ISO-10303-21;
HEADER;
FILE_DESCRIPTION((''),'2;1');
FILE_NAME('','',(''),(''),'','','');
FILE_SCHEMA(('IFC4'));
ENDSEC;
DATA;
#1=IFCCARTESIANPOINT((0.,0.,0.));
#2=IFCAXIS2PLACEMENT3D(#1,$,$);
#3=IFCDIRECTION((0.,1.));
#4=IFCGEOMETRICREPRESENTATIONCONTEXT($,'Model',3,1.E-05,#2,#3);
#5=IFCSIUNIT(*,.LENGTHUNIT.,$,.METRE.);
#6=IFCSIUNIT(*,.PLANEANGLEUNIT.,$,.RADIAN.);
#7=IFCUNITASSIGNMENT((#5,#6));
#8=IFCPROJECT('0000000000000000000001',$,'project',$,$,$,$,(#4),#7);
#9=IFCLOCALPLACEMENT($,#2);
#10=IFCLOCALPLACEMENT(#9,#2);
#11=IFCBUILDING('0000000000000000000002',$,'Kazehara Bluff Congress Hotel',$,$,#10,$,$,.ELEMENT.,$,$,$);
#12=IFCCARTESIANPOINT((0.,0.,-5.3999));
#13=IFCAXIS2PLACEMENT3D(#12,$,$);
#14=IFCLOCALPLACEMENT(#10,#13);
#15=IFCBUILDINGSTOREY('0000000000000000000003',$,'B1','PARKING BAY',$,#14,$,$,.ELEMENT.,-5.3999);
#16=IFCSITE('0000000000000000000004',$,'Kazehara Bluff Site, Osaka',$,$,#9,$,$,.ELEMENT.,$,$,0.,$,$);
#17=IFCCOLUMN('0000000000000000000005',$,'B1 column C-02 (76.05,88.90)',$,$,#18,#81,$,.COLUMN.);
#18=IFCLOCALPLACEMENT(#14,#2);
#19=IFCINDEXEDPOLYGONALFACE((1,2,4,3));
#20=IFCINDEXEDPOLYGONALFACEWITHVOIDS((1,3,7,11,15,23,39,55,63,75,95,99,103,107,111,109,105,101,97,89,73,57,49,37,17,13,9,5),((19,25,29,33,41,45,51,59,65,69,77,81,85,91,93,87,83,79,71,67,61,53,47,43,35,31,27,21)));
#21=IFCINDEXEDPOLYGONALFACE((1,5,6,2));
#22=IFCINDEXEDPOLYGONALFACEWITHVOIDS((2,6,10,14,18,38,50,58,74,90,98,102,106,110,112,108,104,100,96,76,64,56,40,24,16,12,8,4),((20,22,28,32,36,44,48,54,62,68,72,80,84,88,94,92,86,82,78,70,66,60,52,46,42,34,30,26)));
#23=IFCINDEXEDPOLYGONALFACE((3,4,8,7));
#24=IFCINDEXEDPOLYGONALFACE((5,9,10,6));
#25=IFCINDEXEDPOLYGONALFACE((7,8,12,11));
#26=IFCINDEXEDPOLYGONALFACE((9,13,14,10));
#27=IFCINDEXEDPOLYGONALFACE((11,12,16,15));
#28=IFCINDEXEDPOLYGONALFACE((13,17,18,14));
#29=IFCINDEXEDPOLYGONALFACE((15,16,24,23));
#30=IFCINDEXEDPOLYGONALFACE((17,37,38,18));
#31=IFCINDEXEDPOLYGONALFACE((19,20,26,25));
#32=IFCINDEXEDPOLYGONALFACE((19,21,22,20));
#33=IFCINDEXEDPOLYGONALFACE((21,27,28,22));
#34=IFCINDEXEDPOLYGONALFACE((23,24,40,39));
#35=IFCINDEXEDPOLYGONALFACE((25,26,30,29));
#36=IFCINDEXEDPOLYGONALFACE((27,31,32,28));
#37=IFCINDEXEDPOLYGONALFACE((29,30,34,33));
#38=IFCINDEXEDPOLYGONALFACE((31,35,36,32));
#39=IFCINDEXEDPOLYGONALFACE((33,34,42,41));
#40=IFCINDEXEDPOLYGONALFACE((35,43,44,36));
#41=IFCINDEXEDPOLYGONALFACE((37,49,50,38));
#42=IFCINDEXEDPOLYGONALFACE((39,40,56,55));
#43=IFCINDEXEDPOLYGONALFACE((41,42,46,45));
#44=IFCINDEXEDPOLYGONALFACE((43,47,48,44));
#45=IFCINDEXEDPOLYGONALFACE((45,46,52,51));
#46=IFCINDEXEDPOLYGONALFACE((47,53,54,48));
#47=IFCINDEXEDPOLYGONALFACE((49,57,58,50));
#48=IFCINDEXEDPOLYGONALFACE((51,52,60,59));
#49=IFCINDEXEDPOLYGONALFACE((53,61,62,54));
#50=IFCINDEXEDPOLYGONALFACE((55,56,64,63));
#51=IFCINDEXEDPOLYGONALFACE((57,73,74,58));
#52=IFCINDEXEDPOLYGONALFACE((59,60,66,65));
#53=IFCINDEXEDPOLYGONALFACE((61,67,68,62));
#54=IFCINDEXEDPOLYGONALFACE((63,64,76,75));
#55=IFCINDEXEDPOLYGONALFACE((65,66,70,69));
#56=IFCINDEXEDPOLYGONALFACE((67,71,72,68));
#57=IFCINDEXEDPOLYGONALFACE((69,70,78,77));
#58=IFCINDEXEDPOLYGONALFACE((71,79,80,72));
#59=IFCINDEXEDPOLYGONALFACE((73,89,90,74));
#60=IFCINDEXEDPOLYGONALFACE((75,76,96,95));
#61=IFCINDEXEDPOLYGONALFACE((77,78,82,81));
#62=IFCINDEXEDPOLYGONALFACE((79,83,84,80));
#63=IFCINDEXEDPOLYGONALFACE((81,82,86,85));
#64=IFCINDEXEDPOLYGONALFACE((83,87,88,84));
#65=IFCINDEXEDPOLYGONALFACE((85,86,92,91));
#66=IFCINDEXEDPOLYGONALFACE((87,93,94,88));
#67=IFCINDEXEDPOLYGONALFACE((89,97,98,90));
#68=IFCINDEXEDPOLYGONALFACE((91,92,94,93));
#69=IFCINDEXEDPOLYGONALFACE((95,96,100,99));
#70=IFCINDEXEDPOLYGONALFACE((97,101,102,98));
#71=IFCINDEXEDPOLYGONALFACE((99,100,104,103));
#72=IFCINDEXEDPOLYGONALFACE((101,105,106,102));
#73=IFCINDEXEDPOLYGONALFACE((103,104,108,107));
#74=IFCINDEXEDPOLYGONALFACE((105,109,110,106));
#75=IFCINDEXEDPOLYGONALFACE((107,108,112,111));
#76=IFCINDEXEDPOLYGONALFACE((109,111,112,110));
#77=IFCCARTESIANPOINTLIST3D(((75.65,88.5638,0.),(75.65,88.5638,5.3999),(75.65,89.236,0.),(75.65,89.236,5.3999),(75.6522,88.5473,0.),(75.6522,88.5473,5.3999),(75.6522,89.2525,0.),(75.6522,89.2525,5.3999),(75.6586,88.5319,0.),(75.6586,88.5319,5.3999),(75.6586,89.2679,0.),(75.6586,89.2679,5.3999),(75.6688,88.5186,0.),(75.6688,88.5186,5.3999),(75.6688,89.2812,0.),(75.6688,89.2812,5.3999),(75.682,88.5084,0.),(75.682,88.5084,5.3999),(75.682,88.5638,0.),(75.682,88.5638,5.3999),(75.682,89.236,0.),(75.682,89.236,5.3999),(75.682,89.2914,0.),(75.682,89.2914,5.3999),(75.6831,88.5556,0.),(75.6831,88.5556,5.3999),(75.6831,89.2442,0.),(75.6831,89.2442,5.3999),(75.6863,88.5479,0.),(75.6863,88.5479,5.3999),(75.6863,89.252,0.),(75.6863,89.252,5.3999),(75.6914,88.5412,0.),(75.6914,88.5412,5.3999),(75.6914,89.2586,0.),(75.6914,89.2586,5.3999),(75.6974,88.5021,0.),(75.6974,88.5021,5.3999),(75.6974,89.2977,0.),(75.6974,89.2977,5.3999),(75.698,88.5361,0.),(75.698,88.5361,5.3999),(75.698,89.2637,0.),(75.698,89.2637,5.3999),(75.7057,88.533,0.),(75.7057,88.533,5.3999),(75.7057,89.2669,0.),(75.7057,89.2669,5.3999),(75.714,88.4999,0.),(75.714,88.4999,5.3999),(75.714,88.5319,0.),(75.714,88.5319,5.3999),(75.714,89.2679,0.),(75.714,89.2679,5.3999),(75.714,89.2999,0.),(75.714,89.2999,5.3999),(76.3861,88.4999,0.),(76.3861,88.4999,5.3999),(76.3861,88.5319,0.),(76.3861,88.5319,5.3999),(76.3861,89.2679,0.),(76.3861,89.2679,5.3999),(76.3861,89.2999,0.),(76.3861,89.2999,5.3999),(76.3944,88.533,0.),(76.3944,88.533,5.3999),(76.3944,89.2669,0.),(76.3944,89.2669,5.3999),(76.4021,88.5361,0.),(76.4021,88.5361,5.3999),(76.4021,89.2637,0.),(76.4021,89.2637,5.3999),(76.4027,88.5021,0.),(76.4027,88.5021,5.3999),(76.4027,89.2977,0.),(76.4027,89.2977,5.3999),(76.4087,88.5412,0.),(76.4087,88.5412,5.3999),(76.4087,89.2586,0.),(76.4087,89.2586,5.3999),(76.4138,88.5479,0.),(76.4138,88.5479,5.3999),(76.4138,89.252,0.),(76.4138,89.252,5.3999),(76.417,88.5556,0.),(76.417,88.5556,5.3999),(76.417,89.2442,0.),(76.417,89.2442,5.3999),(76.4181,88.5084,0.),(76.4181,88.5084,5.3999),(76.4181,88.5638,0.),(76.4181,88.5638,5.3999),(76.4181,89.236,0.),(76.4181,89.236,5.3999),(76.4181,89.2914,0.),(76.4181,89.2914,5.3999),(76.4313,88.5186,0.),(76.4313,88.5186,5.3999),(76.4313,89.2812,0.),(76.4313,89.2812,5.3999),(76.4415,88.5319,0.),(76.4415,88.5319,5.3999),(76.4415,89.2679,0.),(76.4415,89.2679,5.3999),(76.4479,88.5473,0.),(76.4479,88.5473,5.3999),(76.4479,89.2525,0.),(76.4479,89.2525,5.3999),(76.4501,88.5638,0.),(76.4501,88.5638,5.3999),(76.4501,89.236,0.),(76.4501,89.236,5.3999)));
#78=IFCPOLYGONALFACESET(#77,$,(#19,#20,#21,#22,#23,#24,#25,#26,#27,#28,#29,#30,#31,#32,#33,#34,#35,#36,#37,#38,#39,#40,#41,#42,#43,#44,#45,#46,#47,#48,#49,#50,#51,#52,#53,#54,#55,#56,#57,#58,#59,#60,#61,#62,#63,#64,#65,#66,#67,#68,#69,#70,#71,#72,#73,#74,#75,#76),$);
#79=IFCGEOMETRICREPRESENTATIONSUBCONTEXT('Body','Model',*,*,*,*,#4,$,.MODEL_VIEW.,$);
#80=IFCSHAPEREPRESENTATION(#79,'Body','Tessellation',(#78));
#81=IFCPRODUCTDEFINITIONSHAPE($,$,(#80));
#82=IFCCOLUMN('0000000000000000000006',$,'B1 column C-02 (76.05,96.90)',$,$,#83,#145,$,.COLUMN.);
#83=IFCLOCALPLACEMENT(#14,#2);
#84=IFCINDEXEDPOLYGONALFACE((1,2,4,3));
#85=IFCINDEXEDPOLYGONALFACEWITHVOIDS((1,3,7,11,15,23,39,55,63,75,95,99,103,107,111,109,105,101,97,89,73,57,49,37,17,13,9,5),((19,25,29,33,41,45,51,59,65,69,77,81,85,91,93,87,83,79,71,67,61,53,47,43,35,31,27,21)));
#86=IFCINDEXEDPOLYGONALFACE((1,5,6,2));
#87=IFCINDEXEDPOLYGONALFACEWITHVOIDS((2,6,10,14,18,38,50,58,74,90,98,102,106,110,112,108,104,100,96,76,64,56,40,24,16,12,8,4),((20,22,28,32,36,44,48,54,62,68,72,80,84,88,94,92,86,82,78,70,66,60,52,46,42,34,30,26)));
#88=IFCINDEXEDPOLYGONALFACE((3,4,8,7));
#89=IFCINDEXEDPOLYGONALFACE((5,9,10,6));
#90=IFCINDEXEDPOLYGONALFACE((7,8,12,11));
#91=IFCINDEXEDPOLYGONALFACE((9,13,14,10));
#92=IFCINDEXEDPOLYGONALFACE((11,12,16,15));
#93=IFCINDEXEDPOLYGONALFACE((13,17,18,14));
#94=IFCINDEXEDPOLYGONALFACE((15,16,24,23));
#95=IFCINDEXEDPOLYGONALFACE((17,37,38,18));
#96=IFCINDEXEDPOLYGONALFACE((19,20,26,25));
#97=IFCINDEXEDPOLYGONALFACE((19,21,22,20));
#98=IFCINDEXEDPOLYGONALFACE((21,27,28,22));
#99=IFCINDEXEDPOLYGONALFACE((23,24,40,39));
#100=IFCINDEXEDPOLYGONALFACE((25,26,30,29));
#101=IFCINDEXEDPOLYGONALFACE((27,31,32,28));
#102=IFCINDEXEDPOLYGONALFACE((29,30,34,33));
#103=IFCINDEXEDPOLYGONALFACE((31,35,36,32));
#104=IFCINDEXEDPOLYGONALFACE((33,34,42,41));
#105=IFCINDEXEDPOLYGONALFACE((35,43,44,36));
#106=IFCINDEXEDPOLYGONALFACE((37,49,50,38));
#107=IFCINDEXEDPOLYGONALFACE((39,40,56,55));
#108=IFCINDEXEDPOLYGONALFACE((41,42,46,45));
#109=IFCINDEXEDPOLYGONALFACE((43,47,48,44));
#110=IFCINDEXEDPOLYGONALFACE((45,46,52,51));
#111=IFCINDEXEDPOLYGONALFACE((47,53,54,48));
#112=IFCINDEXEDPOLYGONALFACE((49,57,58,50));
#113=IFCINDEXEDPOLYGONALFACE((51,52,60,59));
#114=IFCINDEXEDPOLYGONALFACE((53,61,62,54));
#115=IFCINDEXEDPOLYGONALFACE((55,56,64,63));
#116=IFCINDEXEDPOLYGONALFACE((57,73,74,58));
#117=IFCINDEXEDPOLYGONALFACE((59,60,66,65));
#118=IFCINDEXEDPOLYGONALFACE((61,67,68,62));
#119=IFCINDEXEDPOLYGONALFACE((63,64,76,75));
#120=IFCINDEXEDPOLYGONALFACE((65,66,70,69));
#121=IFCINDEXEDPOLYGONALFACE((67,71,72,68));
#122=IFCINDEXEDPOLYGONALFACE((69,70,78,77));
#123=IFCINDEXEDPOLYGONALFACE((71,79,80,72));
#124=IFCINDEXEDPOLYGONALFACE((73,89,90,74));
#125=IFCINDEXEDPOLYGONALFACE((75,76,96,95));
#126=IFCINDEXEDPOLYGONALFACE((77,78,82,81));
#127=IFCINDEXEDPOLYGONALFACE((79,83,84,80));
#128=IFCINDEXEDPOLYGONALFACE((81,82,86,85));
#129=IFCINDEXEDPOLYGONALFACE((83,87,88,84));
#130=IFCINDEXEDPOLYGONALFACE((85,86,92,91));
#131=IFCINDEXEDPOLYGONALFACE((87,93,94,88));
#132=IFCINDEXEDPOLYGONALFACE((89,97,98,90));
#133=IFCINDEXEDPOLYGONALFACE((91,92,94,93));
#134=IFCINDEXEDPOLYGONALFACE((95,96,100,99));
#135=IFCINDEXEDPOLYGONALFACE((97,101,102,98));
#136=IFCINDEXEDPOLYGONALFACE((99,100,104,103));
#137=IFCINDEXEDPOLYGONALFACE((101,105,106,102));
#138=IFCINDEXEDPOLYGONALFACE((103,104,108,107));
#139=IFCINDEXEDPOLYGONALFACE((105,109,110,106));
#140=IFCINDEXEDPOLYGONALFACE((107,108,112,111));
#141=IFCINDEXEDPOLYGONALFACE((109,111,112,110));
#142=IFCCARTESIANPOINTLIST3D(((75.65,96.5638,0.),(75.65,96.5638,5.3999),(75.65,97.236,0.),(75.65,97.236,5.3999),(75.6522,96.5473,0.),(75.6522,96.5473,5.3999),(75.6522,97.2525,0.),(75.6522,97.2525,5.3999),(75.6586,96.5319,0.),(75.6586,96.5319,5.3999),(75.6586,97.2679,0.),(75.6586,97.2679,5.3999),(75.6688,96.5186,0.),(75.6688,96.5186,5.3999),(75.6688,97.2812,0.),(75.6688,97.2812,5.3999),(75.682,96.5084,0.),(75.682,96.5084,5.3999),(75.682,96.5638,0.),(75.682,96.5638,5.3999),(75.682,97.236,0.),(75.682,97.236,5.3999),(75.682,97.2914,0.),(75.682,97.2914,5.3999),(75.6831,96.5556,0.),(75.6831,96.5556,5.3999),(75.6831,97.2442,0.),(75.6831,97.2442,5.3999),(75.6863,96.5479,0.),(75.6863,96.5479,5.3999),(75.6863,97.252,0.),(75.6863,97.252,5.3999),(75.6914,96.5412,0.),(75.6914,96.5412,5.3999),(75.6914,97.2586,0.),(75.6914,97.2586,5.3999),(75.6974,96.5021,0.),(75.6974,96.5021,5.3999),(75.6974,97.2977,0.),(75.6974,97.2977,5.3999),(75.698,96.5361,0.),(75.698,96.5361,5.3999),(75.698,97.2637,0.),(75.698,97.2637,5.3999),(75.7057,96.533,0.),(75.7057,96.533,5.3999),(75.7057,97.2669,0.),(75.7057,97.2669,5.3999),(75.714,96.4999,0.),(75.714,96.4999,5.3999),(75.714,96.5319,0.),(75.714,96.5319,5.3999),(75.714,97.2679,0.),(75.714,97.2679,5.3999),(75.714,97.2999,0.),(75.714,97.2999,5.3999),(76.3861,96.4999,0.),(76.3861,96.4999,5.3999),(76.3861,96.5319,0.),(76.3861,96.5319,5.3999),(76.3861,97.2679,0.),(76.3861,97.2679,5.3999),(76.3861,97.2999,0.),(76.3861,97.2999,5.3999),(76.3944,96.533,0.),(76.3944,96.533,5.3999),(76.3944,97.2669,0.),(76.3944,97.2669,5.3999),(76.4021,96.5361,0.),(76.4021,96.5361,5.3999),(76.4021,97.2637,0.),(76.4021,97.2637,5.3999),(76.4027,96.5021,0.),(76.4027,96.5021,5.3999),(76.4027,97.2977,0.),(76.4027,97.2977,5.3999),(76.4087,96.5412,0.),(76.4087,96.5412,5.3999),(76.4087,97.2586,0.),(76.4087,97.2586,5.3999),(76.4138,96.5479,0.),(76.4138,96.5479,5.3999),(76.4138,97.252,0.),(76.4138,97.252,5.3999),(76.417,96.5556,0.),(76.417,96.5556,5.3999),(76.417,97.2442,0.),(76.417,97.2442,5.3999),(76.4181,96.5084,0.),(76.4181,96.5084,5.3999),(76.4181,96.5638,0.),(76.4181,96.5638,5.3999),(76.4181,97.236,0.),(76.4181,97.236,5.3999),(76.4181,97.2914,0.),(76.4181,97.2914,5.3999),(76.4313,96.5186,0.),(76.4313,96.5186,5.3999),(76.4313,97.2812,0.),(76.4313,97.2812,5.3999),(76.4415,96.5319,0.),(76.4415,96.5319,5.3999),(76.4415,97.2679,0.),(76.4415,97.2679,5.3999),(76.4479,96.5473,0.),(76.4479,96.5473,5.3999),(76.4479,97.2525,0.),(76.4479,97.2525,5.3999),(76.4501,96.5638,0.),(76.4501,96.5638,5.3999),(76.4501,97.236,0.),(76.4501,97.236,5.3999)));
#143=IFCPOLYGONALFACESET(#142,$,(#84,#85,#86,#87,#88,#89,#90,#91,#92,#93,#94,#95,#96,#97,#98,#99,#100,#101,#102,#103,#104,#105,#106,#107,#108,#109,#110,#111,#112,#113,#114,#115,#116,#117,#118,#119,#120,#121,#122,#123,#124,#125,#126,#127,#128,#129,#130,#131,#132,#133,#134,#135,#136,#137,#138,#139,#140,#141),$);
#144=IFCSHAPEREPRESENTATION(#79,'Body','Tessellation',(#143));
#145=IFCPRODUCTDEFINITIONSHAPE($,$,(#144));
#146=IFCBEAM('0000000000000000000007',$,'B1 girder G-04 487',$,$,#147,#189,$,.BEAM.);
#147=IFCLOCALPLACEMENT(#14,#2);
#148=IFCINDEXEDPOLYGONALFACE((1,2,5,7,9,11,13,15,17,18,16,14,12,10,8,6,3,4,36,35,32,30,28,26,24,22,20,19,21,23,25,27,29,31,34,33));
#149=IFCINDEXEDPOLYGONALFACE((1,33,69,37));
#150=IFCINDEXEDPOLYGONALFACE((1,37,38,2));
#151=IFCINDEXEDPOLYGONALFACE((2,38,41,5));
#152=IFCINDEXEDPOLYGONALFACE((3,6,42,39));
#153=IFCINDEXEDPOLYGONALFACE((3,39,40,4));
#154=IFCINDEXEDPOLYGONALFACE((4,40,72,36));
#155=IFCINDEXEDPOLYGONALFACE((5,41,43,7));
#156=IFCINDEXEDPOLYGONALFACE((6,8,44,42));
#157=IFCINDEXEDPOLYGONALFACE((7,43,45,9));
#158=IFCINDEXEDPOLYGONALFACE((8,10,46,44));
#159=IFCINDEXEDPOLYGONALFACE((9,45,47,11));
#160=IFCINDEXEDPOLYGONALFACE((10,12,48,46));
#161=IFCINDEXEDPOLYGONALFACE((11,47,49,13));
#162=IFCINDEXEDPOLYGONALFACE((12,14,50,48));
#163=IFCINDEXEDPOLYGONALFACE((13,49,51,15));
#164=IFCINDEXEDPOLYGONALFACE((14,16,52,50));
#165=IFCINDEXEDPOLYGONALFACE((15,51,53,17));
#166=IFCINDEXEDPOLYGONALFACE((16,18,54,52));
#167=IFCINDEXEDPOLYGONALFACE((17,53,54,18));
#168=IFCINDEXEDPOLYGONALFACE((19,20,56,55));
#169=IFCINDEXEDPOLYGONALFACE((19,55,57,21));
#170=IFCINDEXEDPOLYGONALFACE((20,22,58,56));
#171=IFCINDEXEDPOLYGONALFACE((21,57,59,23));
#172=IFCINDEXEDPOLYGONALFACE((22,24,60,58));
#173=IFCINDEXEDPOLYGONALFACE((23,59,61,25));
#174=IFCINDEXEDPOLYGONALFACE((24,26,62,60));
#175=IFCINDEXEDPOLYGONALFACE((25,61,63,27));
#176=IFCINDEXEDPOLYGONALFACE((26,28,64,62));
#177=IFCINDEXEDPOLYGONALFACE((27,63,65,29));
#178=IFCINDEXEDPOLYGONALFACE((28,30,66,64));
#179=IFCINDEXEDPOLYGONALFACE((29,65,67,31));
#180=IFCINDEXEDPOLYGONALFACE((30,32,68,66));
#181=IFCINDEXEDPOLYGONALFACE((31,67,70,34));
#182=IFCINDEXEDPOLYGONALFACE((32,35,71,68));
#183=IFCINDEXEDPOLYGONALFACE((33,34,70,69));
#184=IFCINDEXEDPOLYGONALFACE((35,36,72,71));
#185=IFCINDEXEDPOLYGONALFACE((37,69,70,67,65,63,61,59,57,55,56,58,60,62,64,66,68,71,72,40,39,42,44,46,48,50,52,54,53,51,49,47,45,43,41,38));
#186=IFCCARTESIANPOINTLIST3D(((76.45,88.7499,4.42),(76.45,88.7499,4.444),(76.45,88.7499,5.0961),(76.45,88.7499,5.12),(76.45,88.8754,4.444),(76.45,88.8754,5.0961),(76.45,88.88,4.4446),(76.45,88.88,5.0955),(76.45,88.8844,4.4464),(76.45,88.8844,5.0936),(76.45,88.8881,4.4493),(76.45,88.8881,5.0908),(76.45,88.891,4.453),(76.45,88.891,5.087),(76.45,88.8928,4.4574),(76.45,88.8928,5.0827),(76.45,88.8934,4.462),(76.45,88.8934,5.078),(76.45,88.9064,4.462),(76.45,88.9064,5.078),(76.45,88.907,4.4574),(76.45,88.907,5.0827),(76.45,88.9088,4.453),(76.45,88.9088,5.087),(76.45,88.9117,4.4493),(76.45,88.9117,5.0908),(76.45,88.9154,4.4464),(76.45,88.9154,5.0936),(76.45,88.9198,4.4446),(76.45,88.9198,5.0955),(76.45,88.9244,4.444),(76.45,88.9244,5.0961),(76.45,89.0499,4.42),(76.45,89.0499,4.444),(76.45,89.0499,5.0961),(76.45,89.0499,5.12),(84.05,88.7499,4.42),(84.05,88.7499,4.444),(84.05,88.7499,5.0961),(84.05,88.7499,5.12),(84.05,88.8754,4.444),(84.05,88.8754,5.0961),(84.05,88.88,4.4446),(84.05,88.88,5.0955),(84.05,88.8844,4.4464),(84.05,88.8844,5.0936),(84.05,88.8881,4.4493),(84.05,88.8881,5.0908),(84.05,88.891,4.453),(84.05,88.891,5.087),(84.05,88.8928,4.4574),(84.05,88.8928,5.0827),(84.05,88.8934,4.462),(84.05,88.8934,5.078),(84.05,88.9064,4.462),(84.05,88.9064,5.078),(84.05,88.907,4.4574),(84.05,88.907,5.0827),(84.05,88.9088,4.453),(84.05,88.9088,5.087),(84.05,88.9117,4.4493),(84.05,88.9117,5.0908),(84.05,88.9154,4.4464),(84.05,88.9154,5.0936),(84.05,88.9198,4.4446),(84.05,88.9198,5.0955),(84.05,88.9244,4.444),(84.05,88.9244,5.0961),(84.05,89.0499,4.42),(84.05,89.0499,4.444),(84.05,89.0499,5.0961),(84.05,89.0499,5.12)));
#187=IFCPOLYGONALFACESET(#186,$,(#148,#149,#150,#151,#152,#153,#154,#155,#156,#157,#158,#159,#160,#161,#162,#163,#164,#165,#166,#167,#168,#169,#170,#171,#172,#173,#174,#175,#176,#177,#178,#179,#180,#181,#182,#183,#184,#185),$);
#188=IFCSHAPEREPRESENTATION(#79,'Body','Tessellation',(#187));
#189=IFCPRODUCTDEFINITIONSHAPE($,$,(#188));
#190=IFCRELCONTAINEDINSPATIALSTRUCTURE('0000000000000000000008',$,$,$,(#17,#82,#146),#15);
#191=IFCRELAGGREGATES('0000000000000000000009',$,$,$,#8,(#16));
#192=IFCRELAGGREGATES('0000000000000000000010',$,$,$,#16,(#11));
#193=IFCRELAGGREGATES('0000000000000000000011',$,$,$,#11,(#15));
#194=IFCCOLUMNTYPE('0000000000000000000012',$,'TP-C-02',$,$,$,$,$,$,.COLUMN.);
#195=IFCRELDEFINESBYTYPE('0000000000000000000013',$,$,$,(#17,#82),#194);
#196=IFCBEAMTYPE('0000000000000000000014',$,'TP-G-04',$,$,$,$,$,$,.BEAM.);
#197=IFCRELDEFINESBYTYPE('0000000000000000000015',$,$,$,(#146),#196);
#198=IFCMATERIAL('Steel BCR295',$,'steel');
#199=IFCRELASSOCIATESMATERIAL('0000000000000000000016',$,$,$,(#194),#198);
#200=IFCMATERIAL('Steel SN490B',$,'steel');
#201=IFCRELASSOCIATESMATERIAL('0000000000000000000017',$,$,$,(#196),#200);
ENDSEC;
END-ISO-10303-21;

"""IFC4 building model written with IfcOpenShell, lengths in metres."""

from ifc_helpers import new_model, si_unit, direction, frame, origin, origin_2d, place, context, subcontext, project, spatial, hollow_rectangle, i_section, extrude, material, material_profile, profile_set, type_object, element, save


model = new_model("IFC4")

# Units and contexts
model_context = context("Model", 3, precision=1e-05, world=origin(), true_north=direction((0.0, 1.0)))
body_context = subcontext(model_context, "Body", "Model", "MODEL_VIEW")
ifc_project = project(units=[si_unit("LENGTHUNIT", "METRE"), si_unit("PLANEANGLEUNIT", "RADIAN")], contexts=[model_context])

# Site, building, storey
site_placement = place(None, origin())
site = spatial("IfcSite", under=ifc_project, at=site_placement, Name="Kazehara Bluff Site, Osaka", CompositionType="ELEMENT", RefElevation=0.0)
building_placement = place(site_placement, origin())
building = spatial("IfcBuilding", under=site, at=building_placement, Name="Kazehara Bluff Congress Hotel", CompositionType="ELEMENT")
storey_placement = place(building_placement, frame((0.0, 0.0, -5.3999)))
storey = spatial("IfcBuildingStorey", under=building, at=storey_placement, Name="B1", Description="PARKING BAY", CompositionType="ELEMENT", Elevation=-5.3999)

# Columns
ifc_material_1 = material(Name="Steel BCR295", Category="steel")
ifc_material_profile_1 = material_profile(ifc_material_1, hollow_rectangle(XDim=0.8, YDim=0.8, WallThickness=0.032, InnerFilletRadius=0.032, OuterFilletRadius=0.064, at=origin_2d()))
ifc_profile_set_1 = profile_set([ifc_material_profile_1], Name="Steel BCR295")
column_type = type_object("IfcColumnType", Name="TP-C-02", PredefinedType="COLUMN", material=ifc_profile_set_1)
for number, where, z_axis, x_axis, name in (
    (1, (76.05, 88.8999, 0.0), (0.0, 0.0, 1.0), (1.0, 0.0, 0.0), "B1 column C-02 (76.05,88.90)"),
    (2, (76.05, 96.8999, 0.0), (0.0, 0.0, 1.0), (1.0, 0.0, 0.0), "B1 column C-02 (76.05,96.90)"),
):
    element("IfcColumn", number, at=place(storey_placement, frame(where, z_axis=z_axis, x_axis=x_axis)), inside=storey, type_object=column_type, Name=name, PredefinedType="COLUMN", context=body_context, shape_type="SweptSolid", body=[
        extrude(hollow_rectangle(XDim=0.8, YDim=0.8, WallThickness=0.032, InnerFilletRadius=0.032, OuterFilletRadius=0.064, at=origin_2d()), origin(), (0.0, 0.0, 1.0), 5.3999),
    ])

# Beam
ifc_material_2 = material(Name="Steel SN490B", Category="steel")
ifc_material_profile_2 = material_profile(ifc_material_2, i_section(OverallWidth=0.3, OverallDepth=0.7, WebThickness=0.0129, FlangeThickness=0.0239, FilletRadius=0.0181, at=origin_2d()))
ifc_profile_set_2 = profile_set([ifc_material_profile_2], Name="Steel SN490B")
beam_type_1 = type_object("IfcBeamType", Name="TP-G-04", PredefinedType="BEAM", material=ifc_profile_set_2)
for number, where, z_axis, x_axis, name in (
    (3, (76.45, 88.8999, 4.77), (1.0, 0.0, 0.0), (0.0, 1.0, 0.0), "B1 girder G-04 487"),
):
    element("IfcBeam", number, at=place(storey_placement, frame(where, z_axis=z_axis, x_axis=x_axis)), inside=storey, type_object=beam_type_1, Name=name, PredefinedType="BEAM", context=body_context, shape_type="SweptSolid", body=[
        extrude(i_section(OverallWidth=0.3, OverallDepth=0.7, WebThickness=0.0129, FlangeThickness=0.0239, FilletRadius=0.0181, at=origin_2d()), origin(), (0.0, 0.0, 1.0), 7.6001),
    ])

save(model, "model.ifc")
